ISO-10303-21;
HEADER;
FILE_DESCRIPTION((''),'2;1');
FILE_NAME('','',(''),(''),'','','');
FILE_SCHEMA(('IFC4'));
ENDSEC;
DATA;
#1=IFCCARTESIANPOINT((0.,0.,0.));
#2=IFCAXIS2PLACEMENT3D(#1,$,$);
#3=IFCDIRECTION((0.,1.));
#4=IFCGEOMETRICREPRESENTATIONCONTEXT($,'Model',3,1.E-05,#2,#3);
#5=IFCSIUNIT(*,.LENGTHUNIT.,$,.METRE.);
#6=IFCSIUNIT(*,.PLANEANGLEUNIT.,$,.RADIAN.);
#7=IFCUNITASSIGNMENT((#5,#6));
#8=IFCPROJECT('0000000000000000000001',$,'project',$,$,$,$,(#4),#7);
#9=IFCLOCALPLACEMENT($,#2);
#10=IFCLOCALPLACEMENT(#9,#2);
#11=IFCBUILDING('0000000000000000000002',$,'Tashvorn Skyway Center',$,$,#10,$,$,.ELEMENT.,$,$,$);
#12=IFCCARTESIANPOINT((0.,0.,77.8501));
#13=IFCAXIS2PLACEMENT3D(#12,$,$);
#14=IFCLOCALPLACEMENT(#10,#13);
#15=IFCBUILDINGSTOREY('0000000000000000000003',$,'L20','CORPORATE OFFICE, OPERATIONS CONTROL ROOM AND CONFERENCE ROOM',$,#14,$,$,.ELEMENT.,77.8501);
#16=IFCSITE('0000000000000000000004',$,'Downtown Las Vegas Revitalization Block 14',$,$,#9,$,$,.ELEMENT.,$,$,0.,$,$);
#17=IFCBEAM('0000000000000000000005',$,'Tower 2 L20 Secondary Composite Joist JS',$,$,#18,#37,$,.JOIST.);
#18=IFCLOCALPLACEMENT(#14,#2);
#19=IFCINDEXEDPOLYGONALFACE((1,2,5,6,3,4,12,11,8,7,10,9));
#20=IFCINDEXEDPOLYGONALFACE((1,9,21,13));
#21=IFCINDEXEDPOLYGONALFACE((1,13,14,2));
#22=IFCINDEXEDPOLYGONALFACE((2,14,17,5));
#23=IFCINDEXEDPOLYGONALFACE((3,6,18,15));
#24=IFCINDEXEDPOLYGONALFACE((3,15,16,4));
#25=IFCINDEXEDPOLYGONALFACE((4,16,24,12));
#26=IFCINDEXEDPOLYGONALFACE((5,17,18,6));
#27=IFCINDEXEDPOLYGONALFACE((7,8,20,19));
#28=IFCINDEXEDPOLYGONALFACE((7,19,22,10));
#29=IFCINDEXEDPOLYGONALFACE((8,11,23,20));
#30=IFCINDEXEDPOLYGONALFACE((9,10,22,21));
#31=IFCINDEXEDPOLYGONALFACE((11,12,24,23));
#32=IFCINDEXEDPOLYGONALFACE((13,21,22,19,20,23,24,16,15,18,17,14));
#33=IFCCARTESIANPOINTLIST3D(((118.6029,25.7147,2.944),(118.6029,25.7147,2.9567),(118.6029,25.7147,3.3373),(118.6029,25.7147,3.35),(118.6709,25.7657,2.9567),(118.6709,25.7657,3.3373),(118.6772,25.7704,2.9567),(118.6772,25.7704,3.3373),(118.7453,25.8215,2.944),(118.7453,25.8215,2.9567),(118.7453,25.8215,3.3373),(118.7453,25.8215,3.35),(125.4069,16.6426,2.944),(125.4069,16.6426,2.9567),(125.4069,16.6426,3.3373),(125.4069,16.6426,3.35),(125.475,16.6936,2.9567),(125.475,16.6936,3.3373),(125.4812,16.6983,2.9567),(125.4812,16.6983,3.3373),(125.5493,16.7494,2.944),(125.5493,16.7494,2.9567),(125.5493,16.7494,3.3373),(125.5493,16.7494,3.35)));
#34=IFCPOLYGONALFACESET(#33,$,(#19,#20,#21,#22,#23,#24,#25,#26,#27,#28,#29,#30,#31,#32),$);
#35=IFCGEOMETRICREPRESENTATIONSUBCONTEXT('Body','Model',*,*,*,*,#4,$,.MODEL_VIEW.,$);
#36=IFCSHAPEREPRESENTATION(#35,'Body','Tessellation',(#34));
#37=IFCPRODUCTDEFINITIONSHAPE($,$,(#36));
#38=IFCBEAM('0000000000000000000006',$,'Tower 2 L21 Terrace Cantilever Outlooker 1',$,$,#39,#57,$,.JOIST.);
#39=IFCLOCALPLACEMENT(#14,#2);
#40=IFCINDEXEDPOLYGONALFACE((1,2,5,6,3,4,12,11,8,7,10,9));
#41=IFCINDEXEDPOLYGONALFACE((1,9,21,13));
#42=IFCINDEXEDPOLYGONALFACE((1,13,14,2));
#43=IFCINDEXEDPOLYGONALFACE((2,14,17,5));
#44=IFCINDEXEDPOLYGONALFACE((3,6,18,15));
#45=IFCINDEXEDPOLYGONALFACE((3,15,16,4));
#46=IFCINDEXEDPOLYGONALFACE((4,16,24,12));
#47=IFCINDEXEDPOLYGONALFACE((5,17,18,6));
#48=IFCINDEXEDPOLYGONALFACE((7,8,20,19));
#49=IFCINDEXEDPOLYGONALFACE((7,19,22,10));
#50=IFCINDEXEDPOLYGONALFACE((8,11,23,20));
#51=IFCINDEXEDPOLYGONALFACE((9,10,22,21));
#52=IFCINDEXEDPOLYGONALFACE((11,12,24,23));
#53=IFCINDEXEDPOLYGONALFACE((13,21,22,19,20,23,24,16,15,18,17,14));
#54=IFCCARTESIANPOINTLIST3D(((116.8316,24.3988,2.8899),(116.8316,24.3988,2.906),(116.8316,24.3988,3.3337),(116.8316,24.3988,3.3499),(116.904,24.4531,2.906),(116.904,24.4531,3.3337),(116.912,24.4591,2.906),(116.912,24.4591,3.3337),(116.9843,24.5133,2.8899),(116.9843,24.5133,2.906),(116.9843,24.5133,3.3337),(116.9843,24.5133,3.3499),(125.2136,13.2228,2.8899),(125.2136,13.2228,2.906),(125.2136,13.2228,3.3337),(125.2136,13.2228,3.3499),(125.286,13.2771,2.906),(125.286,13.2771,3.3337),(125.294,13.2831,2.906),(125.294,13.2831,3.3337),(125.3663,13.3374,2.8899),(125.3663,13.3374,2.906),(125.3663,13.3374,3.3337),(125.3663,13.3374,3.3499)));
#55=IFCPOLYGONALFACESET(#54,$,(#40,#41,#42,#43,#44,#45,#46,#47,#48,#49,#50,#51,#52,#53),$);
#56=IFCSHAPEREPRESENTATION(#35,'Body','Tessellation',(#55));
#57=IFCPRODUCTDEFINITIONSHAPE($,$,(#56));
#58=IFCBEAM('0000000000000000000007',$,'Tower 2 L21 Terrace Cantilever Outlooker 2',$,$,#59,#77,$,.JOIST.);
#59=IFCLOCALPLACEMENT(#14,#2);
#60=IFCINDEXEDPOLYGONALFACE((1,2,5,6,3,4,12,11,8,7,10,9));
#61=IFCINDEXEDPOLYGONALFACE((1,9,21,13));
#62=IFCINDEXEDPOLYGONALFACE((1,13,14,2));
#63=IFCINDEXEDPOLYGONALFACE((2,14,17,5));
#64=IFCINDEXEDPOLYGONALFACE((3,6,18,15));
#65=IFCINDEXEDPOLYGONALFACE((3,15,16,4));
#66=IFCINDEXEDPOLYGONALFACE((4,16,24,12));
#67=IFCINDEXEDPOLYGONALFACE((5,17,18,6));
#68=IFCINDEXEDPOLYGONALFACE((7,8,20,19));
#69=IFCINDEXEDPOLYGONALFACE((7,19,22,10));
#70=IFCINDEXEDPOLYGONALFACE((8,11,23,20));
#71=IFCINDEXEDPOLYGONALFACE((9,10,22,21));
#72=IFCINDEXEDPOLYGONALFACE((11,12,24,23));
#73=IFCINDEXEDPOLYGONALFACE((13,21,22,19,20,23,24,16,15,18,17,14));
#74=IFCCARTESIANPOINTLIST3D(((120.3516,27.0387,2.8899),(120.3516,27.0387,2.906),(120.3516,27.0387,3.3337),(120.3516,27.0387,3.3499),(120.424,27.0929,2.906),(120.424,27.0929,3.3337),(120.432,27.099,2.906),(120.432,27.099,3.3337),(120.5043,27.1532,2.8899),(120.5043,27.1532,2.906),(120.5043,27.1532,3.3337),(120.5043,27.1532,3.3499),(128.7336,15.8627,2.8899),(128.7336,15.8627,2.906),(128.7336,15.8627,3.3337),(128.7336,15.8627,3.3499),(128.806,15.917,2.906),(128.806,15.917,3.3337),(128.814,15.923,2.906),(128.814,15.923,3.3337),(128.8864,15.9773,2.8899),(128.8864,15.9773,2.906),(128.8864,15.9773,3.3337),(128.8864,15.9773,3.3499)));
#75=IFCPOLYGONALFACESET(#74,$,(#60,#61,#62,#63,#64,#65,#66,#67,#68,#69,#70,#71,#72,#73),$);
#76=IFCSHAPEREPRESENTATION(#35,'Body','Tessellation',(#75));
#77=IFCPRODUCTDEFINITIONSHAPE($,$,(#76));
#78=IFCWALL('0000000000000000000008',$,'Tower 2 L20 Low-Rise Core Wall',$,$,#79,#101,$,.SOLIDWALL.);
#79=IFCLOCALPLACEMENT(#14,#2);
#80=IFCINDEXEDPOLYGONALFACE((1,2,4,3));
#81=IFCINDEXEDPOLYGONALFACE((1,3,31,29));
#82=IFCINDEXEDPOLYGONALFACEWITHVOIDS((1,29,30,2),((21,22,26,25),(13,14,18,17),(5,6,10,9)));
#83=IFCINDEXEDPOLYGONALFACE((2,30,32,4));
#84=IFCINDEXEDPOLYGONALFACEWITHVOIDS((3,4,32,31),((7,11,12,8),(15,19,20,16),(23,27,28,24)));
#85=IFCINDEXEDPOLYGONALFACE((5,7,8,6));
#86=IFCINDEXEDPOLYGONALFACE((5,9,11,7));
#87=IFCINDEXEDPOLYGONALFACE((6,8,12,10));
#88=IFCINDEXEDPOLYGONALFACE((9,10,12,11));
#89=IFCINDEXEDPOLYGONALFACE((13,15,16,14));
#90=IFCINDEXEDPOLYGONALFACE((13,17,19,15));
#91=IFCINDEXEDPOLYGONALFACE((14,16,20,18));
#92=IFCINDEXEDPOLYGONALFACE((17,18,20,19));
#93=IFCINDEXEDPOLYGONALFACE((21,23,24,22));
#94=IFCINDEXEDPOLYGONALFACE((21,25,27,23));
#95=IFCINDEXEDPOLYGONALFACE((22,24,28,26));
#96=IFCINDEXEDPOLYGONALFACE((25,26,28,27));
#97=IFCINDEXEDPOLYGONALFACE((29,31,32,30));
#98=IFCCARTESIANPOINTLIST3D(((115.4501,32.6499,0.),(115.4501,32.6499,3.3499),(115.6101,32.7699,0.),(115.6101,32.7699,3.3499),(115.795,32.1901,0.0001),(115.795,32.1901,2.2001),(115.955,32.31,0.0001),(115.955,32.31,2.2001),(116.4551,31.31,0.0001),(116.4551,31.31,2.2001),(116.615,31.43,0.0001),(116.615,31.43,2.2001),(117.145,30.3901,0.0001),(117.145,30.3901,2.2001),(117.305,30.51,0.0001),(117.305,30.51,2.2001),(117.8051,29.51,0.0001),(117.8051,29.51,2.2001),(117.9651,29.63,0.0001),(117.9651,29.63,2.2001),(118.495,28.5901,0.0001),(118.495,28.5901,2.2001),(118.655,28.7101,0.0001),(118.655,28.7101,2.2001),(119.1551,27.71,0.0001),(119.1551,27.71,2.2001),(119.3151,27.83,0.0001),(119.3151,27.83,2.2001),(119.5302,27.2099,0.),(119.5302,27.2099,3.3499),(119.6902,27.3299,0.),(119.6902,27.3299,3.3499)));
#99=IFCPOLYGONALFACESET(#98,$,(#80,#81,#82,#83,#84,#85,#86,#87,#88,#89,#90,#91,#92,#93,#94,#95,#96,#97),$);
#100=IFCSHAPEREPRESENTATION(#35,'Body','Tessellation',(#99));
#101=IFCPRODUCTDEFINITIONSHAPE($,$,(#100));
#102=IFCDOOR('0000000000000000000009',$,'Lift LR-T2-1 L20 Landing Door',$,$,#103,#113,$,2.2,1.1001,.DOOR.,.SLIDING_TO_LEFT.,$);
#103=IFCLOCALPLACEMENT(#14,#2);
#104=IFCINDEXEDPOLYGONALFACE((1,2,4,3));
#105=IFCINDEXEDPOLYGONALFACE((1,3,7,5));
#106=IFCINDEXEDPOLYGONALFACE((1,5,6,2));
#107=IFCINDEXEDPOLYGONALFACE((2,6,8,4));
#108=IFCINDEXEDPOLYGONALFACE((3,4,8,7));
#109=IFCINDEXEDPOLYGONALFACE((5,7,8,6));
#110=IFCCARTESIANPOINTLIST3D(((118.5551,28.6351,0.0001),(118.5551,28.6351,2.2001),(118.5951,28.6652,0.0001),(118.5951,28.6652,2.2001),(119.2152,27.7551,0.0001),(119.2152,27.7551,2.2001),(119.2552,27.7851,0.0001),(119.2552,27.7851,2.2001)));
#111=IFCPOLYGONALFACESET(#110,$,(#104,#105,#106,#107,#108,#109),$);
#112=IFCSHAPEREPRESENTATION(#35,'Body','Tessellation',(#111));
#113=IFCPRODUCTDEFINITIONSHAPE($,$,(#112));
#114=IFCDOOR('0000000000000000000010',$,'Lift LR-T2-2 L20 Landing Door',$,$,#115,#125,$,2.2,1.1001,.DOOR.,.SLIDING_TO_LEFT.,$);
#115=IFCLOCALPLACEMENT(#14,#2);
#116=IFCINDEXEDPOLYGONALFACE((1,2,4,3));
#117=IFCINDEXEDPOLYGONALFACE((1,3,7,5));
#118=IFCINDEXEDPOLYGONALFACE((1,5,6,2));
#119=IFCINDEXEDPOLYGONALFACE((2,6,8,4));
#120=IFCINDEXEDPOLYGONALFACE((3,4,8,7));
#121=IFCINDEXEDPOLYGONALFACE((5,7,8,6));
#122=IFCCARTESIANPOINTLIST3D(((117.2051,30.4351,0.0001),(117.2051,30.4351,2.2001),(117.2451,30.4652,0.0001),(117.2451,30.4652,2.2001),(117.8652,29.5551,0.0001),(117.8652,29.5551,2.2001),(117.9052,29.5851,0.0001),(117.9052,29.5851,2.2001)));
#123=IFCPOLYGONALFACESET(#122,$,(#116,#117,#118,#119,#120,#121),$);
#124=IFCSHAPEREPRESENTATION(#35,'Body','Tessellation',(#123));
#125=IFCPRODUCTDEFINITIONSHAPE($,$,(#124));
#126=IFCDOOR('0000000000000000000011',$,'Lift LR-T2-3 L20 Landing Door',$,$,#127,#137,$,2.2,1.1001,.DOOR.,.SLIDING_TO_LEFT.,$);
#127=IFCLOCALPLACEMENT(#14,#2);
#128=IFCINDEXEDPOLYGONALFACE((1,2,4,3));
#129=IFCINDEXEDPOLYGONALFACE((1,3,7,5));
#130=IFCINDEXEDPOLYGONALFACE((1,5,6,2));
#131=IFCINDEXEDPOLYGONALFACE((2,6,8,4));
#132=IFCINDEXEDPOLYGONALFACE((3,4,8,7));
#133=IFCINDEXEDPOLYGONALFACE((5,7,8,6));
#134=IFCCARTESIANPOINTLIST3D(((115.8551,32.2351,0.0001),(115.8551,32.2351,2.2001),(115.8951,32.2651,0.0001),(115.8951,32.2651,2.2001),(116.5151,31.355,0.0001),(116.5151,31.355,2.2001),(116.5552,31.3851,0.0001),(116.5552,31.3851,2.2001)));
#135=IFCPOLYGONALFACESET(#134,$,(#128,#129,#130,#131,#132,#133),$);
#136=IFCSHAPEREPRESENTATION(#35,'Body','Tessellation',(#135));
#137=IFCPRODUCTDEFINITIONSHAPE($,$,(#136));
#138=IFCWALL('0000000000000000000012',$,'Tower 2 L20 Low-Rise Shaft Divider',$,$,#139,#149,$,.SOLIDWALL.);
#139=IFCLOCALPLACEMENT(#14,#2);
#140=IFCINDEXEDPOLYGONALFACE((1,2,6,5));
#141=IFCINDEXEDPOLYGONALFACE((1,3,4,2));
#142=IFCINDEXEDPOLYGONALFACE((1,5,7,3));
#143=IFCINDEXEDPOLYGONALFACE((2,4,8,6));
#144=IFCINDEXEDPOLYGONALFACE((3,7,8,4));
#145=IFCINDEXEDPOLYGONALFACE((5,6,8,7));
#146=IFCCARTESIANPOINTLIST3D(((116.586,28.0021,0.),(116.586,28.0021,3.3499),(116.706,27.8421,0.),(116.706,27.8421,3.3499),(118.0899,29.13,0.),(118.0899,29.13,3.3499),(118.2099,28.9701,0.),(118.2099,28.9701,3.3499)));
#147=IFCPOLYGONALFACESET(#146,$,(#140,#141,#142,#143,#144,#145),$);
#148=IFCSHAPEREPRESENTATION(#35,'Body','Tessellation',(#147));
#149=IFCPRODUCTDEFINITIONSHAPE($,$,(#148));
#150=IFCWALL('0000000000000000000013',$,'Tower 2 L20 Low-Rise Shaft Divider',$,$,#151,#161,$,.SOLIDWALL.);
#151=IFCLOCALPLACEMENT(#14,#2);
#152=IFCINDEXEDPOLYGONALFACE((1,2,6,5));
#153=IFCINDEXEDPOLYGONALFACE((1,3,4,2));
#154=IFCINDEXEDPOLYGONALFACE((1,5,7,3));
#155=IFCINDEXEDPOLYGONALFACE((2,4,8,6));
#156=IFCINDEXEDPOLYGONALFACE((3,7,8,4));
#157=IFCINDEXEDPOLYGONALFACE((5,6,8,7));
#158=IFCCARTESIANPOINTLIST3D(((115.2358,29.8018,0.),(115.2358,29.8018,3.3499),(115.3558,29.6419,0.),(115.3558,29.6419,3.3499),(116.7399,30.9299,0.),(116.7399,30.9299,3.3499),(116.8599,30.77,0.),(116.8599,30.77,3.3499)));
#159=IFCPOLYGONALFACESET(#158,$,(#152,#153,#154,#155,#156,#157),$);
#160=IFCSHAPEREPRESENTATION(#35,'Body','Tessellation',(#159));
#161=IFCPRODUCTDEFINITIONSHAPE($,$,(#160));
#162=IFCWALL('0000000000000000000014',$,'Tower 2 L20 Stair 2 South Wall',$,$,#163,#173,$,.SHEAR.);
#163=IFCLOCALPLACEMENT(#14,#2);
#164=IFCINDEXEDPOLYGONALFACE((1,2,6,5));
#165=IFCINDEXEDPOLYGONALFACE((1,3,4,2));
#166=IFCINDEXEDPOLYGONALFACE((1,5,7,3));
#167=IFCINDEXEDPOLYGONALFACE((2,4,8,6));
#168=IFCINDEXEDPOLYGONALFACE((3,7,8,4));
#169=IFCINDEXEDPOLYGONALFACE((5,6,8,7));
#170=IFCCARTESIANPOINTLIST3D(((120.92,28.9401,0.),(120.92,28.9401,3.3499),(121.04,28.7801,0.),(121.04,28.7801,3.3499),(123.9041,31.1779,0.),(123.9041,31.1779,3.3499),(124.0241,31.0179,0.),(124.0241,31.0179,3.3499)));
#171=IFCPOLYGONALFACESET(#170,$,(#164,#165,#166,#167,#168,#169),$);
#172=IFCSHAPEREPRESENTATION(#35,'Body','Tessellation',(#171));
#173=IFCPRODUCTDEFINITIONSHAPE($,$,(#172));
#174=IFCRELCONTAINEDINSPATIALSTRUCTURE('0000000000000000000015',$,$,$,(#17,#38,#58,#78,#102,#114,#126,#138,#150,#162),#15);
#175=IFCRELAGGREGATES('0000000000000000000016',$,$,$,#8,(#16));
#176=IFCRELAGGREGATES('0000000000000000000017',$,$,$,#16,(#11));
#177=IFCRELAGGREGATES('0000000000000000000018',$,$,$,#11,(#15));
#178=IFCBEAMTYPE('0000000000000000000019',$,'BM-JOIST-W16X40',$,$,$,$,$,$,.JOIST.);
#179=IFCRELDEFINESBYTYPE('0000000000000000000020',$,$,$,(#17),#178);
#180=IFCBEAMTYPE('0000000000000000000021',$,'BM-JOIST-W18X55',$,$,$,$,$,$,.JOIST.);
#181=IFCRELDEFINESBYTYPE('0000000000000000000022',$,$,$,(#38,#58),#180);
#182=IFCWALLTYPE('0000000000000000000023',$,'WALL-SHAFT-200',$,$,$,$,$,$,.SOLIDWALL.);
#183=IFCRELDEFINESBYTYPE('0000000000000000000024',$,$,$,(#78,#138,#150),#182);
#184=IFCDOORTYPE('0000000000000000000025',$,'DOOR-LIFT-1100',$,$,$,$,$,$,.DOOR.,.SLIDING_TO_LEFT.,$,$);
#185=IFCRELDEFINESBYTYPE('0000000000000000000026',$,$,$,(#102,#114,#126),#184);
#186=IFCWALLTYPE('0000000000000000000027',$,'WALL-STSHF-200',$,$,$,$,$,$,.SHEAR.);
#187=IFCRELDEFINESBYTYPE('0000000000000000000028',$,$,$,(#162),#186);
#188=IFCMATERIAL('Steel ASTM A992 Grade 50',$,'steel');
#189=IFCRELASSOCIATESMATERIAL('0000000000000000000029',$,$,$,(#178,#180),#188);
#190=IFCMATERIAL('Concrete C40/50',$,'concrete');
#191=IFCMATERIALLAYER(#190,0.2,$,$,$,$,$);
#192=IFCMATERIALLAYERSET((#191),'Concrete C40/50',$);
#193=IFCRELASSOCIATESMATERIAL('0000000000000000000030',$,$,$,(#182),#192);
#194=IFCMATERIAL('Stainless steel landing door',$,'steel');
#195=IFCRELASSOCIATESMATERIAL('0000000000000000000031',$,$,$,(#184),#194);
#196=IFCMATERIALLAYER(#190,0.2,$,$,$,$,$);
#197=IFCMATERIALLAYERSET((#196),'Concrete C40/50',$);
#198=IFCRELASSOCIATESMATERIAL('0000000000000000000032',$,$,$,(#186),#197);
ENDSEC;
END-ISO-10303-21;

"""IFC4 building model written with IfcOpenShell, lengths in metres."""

from ifc_helpers import new_model, si_unit, direction, frame, frame_2d, origin, origin_2d, place, context, subcontext, project, spatial, rectangle, i_section, extrude, material, layer, layer_set, material_profile, profile_set, type_object, element, fill, save


model = new_model("IFC4")

# Units and contexts
model_context = context("Model", 3, precision=1e-05, world=origin(), true_north=direction((0.0, 1.0)))
body_context = subcontext(model_context, "Body", "Model", "MODEL_VIEW")
ifc_project = project(units=[si_unit("LENGTHUNIT", "METRE"), si_unit("PLANEANGLEUNIT", "RADIAN")], contexts=[model_context])

# Site, building, storey
site_placement = place(None, origin())
site = spatial("IfcSite", under=ifc_project, at=site_placement, Name="Downtown Las Vegas Revitalization Block 14", CompositionType="ELEMENT", RefElevation=0.0)
building_placement = place(site_placement, origin())
building = spatial("IfcBuilding", under=site, at=building_placement, Name="Tashvorn Skyway Center", CompositionType="ELEMENT")
storey_placement = place(building_placement, frame((0.0, 0.0, 77.8501)))
storey = spatial("IfcBuildingStorey", under=building, at=storey_placement, Name="L20", Description="CORPORATE OFFICE, OPERATIONS CONTROL ROOM AND CONFERENCE ROOM", CompositionType="ELEMENT", Elevation=77.8501)

# Beams
ifc_material_1 = material(Name="Steel ASTM A992 Grade 50", Category="steel")
ifc_material_profile_1 = material_profile(ifc_material_1, i_section(OverallWidth=0.178, OverallDepth=0.406, WebThickness=0.0078, FlangeThickness=0.0127, at=origin_2d()), Name="W16X40")
ifc_profile_set_1 = profile_set([ifc_material_profile_1], Name="Steel ASTM A992 Grade 50")
beam_type_1 = type_object("IfcBeamType", Name="BM-JOIST-W16X40", PredefinedType="JOIST", material=ifc_profile_set_1)
beam_placement = place(storey_placement, frame((118.6741, 25.7681, 3.147), z_axis=(0.599997, -0.800003, 0.0), x_axis=(0.800003, 0.599997, 0.0)))
element("IfcBeam", 1, at=beam_placement, inside=storey, type_object=beam_type_1, Name="Tower 2 L20 Secondary Composite Joist JS", PredefinedType="JOIST", context=body_context, shape_type="SweptSolid", body=[
    extrude(i_section(OverallWidth=0.178, OverallDepth=0.406, WebThickness=0.0078, FlangeThickness=0.0127, at=origin_2d()), origin(), (0.0, 0.0, 1.0), 11.3401),
])
ifc_material_profile_2 = material_profile(ifc_material_1, i_section(OverallWidth=0.1909, OverallDepth=0.46, WebThickness=0.01, FlangeThickness=0.0161, at=origin_2d()), Name="W18X55")
ifc_profile_set_2 = profile_set([ifc_material_profile_2], Name="Steel ASTM A992 Grade 50")
beam_type_2 = type_object("IfcBeamType", Name="BM-JOIST-W18X55", PredefinedType="JOIST", material=ifc_profile_set_2)
for number, where, z_axis, x_axis, name in (
    (2, (116.908, 24.4561, 3.1199), (0.600003, -0.799998, 0.0), (0.799998, 0.600003, 0.0), "Tower 2 L21 Terrace Cantilever Outlooker 1"),
    (3, (120.428, 27.0959, 3.1199), (0.600003, -0.799998, 0.0), (0.799998, 0.600003, 0.0), "Tower 2 L21 Terrace Cantilever Outlooker 2"),
):
    element("IfcBeam", number, at=place(storey_placement, frame(where, z_axis=z_axis, x_axis=x_axis)), inside=storey, type_object=beam_type_2, Name=name, PredefinedType="JOIST", context=body_context, shape_type="SweptSolid", body=[
        extrude(i_section(OverallWidth=0.1909, OverallDepth=0.46, WebThickness=0.01, FlangeThickness=0.0161, at=origin_2d()), origin(), (0.0, 0.0, 1.0), 13.97),
    ])

# Wall, openings, doors
ifc_material_2 = material(Name="Concrete C40/50", Category="concrete")
ifc_layer_1 = layer(ifc_material_2, 0.2)
ifc_layer_set_1 = layer_set([ifc_layer_1], Name="Concrete C40/50")
wall_type_1 = type_object("IfcWallType", Name="WALL-SHAFT-200", PredefinedType="SOLIDWALL", material=ifc_layer_set_1)
wall_1_placement = place(storey_placement, frame((119.6101, 27.27, 0.0), z_axis=(0.0, 0.0, 1.0), x_axis=(-0.600011, 0.799991, 0.0)))
wall_1 = element("IfcWall", 4, at=wall_1_placement, inside=storey, type_object=wall_type_1, Name="Tower 2 L20 Low-Rise Core Wall", PredefinedType="SOLIDWALL", context=body_context, shape_type="SweptSolid", body=[
    extrude(rectangle(XDim=6.8, YDim=0.2, at=frame_2d((3.3999, 0.0))), origin(), (0.0, 0.0, 1.0), 3.3499),
])
opening_1_placement = place(wall_1_placement, frame((0.625, 0.0, 0.0)))
opening_1 = element("IfcOpeningElement", 5, at=opening_1_placement, cuts=wall_1, PredefinedType="OPENING", context=body_context, shape_type="SweptSolid", body=[
    extrude(rectangle(XDim=1.1001, YDim=2.2, at=frame_2d((0.55, 1.1001))), frame((0.0, 0.1099, 0.0), z_axis=(0.0, -1.0, 0.0), x_axis=(1.0, 0.0, 0.0)), (0.0, 0.0, 1.0), 0.22),
])
opening_2_placement = place(wall_1_placement, frame((2.875, 0.0, 0.0)))
opening_2 = element("IfcOpeningElement", 6, at=opening_2_placement, cuts=wall_1, PredefinedType="OPENING", context=body_context, shape_type="SweptSolid", body=[
    extrude(rectangle(XDim=1.1001, YDim=2.2, at=frame_2d((0.55, 1.1001))), frame((0.0, 0.1099, 0.0), z_axis=(0.0, -1.0, 0.0), x_axis=(1.0, 0.0, 0.0)), (0.0, 0.0, 1.0), 0.22),
])
opening_3_placement = place(wall_1_placement, frame((5.125, 0.0, 0.0)))
opening_3 = element("IfcOpeningElement", 7, at=opening_3_placement, cuts=wall_1, PredefinedType="OPENING", context=body_context, shape_type="SweptSolid", body=[
    extrude(rectangle(XDim=1.1001, YDim=2.2, at=frame_2d((0.55, 1.1001))), frame((0.0, 0.1099, 0.0), z_axis=(0.0, -1.0, 0.0), x_axis=(1.0, 0.0, 0.0)), (0.0, 0.0, 1.0), 0.22),
])
ifc_material_3 = material(Name="Stainless steel landing door", Category="steel")
door_type_1 = type_object("IfcDoorType", Name="DOOR-LIFT-1100", OperationType="SLIDING_TO_LEFT", PredefinedType="DOOR", material=ifc_material_3)
door_1_placement = place(opening_1_placement, origin())
door_1 = element("IfcDoor", 8, at=door_1_placement, inside=storey, type_object=door_type_1, Name="Lift LR-T2-1 L20 Landing Door", OperationType="SLIDING_TO_LEFT", OverallHeight=2.2, OverallWidth=1.1001, PredefinedType="DOOR", context=body_context, shape_type="SweptSolid", body=[
    extrude(rectangle(XDim=1.1001, YDim=2.2, at=frame_2d((0.55, 1.1001))), frame((0.0, 0.0249, 0.0), z_axis=(0.0, -1.0, 0.0), x_axis=(1.0, 0.0, 0.0)), (0.0, 0.0, 1.0), 0.05),
])
fill(opening_1, door_1)
door_2_placement = place(opening_2_placement, origin())
door_2 = element("IfcDoor", 9, at=door_2_placement, inside=storey, type_object=door_type_1, Name="Lift LR-T2-2 L20 Landing Door", OperationType="SLIDING_TO_LEFT", OverallHeight=2.2, OverallWidth=1.1001, PredefinedType="DOOR", context=body_context, shape_type="SweptSolid", body=[
    extrude(rectangle(XDim=1.1001, YDim=2.2, at=frame_2d((0.55, 1.1001))), frame((0.0, 0.0249, 0.0), z_axis=(0.0, -1.0, 0.0), x_axis=(1.0, 0.0, 0.0)), (0.0, 0.0, 1.0), 0.05),
])
fill(opening_2, door_2)
door_3_placement = place(opening_3_placement, origin())
door_3 = element("IfcDoor", 10, at=door_3_placement, inside=storey, type_object=door_type_1, Name="Lift LR-T2-3 L20 Landing Door", OperationType="SLIDING_TO_LEFT", OverallHeight=2.2, OverallWidth=1.1001, PredefinedType="DOOR", context=body_context, shape_type="SweptSolid", body=[
    extrude(rectangle(XDim=1.1001, YDim=2.2, at=frame_2d((0.55, 1.1001))), frame((0.0, 0.0249, 0.0), z_axis=(0.0, -1.0, 0.0), x_axis=(1.0, 0.0, 0.0)), (0.0, 0.0, 1.0), 0.05),
])
fill(opening_3, door_3)

# Walls
wall_2_placement = place(storey_placement, frame((116.646, 27.9221, 0.0), z_axis=(0.0, 0.0, 1.0), x_axis=(0.8, 0.6, 0.0)))
element("IfcWall", 11, at=wall_2_placement, inside=storey, type_object=wall_type_1, Name="Tower 2 L20 Low-Rise Shaft Divider", PredefinedType="SOLIDWALL", context=body_context, shape_type="SweptSolid", body=[
    extrude(rectangle(XDim=1.8799, YDim=0.2, at=frame_2d((0.9399, 0.0))), origin(), (0.0, 0.0, 1.0), 3.3499),
])
wall_3_placement = place(storey_placement, frame((115.2959, 29.7219, 0.0), z_axis=(0.0, 0.0, 1.0), x_axis=(0.799984, 0.600021, 0.0)))
element("IfcWall", 12, at=wall_3_placement, inside=storey, type_object=wall_type_1, Name="Tower 2 L20 Low-Rise Shaft Divider", PredefinedType="SOLIDWALL", context=body_context, shape_type="SweptSolid", body=[
    extrude(rectangle(XDim=1.8801, YDim=0.2, at=frame_2d((0.9399, 0.0))), origin(), (0.0, 0.0, 1.0), 3.3499),
])
ifc_layer_2 = layer(ifc_material_2, 0.2)
ifc_layer_set_2 = layer_set([ifc_layer_2], Name="Concrete C40/50")
wall_type_2 = type_object("IfcWallType", Name="WALL-STSHF-200", PredefinedType="SHEAR", material=ifc_layer_set_2)
wall_4_placement = place(storey_placement, frame((120.98, 28.8601, 0.0), z_axis=(0.0, 0.0, 1.0), x_axis=(0.800039, 0.599948, 0.0)))
element("IfcWall", 13, at=wall_4_placement, inside=storey, type_object=wall_type_2, Name="Tower 2 L20 Stair 2 South Wall", PredefinedType="SHEAR", context=body_context, shape_type="SweptSolid", body=[
    extrude(rectangle(XDim=3.73, YDim=0.2, at=frame_2d((1.865, 0.0))), origin(), (0.0, 0.0, 1.0), 3.3499),
])

save(model, "model.ifc")
